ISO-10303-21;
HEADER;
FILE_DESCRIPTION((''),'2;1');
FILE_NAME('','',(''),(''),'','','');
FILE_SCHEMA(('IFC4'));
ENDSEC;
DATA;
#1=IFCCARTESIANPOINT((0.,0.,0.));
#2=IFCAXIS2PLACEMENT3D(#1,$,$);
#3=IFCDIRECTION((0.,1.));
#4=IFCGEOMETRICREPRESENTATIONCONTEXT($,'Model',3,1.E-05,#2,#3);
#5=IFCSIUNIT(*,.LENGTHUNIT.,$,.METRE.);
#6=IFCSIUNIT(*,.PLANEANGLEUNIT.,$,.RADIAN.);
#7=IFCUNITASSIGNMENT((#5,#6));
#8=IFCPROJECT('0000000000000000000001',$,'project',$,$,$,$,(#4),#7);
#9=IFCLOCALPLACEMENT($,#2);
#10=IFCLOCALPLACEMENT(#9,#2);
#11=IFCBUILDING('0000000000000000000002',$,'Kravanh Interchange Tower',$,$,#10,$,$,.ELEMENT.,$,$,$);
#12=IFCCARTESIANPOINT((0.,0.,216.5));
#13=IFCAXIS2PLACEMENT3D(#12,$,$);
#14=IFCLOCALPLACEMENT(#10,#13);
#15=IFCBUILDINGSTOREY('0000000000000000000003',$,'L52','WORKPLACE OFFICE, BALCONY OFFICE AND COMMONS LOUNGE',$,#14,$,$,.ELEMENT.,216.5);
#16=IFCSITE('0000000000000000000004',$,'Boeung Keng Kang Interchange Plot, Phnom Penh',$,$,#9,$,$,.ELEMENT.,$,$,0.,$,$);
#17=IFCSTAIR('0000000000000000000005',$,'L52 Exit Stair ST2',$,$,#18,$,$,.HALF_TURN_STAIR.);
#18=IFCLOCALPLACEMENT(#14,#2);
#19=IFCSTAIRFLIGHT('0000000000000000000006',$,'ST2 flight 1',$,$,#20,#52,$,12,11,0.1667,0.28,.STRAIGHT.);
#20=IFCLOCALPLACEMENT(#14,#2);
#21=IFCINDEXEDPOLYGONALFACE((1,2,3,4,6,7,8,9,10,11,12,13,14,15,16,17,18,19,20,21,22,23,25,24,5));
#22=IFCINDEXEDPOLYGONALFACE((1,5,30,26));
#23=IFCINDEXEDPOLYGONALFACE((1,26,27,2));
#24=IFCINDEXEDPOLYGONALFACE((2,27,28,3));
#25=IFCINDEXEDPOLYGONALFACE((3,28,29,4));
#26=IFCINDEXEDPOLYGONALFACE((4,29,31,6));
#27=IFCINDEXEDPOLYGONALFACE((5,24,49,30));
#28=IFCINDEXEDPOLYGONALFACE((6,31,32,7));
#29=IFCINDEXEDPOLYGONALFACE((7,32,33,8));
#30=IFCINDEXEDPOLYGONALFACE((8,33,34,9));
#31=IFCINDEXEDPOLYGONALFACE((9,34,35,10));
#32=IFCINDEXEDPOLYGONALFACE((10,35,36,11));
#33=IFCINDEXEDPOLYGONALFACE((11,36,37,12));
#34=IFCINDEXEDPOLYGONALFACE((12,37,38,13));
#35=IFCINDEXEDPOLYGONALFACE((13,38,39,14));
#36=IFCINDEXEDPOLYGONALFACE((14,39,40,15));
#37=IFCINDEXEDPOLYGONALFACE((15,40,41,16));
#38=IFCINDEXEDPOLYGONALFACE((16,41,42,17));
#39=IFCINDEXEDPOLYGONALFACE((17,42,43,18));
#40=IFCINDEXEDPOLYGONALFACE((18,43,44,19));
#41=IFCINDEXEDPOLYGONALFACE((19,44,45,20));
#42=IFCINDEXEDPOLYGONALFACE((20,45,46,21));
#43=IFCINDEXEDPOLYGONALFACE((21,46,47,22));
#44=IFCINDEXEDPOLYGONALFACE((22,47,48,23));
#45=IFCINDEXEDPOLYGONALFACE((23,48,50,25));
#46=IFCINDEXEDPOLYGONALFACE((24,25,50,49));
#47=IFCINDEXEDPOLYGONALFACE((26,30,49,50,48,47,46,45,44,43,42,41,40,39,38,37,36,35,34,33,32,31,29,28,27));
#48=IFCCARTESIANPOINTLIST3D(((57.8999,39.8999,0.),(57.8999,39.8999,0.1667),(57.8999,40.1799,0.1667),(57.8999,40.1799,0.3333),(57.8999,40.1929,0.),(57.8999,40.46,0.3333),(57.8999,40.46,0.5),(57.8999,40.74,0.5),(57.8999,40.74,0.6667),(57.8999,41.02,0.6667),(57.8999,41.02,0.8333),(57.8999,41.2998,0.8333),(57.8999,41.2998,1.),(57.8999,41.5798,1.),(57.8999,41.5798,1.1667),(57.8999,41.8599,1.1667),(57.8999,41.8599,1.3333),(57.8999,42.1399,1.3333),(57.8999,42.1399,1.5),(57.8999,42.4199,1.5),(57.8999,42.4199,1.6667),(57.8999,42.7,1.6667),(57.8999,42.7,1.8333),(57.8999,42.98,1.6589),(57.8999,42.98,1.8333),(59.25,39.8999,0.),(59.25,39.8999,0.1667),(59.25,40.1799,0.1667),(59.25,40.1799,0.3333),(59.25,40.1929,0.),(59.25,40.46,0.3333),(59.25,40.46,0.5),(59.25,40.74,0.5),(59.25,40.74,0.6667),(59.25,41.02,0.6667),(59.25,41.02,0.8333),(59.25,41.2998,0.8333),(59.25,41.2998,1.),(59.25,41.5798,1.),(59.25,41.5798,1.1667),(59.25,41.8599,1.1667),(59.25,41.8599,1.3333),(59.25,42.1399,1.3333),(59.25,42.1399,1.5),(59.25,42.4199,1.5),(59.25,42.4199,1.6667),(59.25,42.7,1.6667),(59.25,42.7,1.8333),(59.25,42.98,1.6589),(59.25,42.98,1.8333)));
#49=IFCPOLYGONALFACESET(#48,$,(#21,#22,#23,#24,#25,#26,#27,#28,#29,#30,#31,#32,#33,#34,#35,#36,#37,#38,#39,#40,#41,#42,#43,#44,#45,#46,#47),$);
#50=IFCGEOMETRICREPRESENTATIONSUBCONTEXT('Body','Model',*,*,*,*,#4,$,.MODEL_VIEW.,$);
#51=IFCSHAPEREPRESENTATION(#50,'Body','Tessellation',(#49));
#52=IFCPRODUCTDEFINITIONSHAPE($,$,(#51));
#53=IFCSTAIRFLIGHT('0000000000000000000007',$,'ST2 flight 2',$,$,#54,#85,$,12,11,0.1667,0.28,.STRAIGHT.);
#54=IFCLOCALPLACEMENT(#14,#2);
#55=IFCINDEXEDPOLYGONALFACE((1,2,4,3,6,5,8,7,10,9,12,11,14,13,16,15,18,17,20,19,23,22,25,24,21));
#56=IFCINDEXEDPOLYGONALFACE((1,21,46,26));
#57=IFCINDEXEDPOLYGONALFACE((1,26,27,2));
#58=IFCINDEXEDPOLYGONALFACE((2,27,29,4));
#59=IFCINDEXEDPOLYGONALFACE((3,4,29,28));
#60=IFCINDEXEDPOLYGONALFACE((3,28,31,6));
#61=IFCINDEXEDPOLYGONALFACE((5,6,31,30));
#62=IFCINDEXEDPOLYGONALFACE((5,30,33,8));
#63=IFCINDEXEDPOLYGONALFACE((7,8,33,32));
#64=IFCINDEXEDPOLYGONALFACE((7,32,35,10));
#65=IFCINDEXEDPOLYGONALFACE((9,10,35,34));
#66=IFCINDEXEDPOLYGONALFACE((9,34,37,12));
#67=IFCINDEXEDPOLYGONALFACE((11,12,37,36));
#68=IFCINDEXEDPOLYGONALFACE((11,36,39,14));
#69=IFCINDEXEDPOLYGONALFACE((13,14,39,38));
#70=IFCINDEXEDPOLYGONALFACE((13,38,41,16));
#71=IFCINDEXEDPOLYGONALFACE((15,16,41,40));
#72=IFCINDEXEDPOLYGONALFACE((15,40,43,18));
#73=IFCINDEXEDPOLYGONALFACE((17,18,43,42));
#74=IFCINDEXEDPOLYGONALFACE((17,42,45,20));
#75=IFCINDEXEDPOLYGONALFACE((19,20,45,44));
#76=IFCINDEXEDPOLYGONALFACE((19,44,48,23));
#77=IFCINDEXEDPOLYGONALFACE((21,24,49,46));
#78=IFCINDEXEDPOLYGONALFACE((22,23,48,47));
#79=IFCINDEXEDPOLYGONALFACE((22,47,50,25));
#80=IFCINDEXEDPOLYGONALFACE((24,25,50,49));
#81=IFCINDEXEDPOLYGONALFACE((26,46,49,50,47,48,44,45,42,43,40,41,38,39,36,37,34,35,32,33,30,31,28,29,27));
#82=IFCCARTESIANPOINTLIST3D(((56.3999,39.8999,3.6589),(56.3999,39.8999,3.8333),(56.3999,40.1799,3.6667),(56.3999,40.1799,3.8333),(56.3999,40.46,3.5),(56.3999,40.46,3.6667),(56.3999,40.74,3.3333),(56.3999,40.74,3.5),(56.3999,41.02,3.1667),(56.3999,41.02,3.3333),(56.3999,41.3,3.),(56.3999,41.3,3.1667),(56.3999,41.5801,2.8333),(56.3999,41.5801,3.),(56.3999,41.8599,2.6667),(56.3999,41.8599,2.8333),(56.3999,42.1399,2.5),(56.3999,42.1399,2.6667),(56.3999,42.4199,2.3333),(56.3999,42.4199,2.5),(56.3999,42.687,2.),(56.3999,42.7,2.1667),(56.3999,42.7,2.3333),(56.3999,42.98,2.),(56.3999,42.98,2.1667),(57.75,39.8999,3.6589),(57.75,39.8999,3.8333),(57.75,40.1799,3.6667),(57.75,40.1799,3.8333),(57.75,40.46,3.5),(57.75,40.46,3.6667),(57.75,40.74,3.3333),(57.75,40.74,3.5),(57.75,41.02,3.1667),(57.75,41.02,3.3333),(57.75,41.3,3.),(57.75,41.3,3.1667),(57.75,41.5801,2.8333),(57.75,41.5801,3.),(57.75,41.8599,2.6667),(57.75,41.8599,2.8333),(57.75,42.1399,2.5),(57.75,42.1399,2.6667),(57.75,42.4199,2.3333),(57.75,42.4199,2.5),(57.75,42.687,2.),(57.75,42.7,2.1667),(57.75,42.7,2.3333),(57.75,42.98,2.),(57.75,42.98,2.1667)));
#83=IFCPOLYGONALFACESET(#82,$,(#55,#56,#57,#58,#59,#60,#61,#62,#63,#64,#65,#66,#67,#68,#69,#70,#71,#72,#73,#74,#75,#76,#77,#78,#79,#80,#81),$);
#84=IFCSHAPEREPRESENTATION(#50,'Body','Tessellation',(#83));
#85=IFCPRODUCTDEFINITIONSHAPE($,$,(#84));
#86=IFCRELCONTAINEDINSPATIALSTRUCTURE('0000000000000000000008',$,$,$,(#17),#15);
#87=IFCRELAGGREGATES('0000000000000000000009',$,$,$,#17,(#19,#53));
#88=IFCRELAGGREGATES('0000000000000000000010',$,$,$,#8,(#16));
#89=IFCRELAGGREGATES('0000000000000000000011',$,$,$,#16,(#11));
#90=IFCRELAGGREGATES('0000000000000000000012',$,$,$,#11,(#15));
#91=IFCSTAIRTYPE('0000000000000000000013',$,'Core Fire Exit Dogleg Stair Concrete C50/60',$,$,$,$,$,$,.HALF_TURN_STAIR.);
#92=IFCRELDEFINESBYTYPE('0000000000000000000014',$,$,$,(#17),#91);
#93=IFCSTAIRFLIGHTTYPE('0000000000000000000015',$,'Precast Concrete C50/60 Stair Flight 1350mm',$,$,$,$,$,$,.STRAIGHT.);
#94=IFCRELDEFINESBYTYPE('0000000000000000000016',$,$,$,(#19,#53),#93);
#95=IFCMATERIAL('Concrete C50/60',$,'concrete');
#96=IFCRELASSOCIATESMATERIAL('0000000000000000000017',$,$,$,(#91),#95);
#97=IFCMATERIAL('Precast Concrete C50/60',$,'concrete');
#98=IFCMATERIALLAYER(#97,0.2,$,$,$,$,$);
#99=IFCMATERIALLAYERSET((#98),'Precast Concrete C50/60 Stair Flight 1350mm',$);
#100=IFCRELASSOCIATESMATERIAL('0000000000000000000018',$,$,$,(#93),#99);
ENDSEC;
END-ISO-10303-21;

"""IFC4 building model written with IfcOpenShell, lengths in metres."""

from ifc_helpers import new_model, si_unit, direction, frame, origin, place, context, subcontext, project, spatial, polyline, outline, extrude, material, layer, layer_set, type_object, element, aggregate, save


model = new_model("IFC4")

# Units and contexts
model_context = context("Model", 3, precision=1e-05, world=origin(), true_north=direction((0.0, 1.0)))
body_context = subcontext(model_context, "Body", "Model", "MODEL_VIEW")
ifc_project = project(units=[si_unit("LENGTHUNIT", "METRE"), si_unit("PLANEANGLEUNIT", "RADIAN")], contexts=[model_context])

# Site, building, storey
site_placement = place(None, origin())
site = spatial("IfcSite", under=ifc_project, at=site_placement, Name="Boeung Keng Kang Interchange Plot, Phnom Penh", CompositionType="ELEMENT", RefElevation=0.0)
building_placement = place(site_placement, origin())
building = spatial("IfcBuilding", under=site, at=building_placement, Name="Kravanh Interchange Tower", CompositionType="ELEMENT")
storey_placement = place(building_placement, frame((0.0, 0.0, 216.5)))
storey = spatial("IfcBuildingStorey", under=building, at=storey_placement, Name="L52", Description="WORKPLACE OFFICE, BALCONY OFFICE AND COMMONS LOUNGE", CompositionType="ELEMENT", Elevation=216.5)

# Stair, stair flights
ifc_material_1 = material(Name="Concrete C50/60", Category="concrete")
stair_type = type_object("IfcStairType", Name="Core Fire Exit Dogleg Stair Concrete C50/60", PredefinedType="HALF_TURN_STAIR", material=ifc_material_1)
ifc_material_2 = material(Name="Precast Concrete C50/60", Category="concrete")
ifc_layer_1 = layer(ifc_material_2, 0.2)
ifc_layer_set_1 = layer_set([ifc_layer_1], Name="Precast Concrete C50/60 Stair Flight 1350mm")
stair_flight_type = type_object("IfcStairFlightType", Name="Precast Concrete C50/60 Stair Flight 1350mm", PredefinedType="STRAIGHT", material=ifc_layer_set_1)
stair_1_placement = place(storey_placement, origin())
stair_1 = element("IfcStair", 1, at=stair_1_placement, inside=storey, type_object=stair_type, Name="L52 Exit Stair ST2", PredefinedType="HALF_TURN_STAIR")
stair_flight_1_placement = place(storey_placement, frame((58.575, 39.8999, 0.0), z_axis=(0.0, 0.0, 1.0), x_axis=(0.0, 1.0, 0.0)))
stair_flight_1 = element("IfcStairFlight", 2, at=stair_flight_1_placement, type_object=stair_flight_type, Name="ST2 flight 1", NumberOfRisers=12, NumberOfTreads=11, PredefinedType="STRAIGHT", RiserHeight=0.1667, TreadLength=0.28, context=body_context, shape_type="SweptSolid", body=[
    extrude(outline(polyline([(0.0, 0.0), (0.0, 0.1667), (0.28, 0.1667), (0.28, 0.3333), (0.5601, 0.3333), (0.5601, 0.5), (0.8401, 0.5), (0.8401, 0.6667), (1.1201, 0.6667), (1.1201, 0.8333), (1.3999, 0.8333), (1.3999, 1.0), (1.6799, 1.0), (1.6799, 1.1667), (1.96, 1.1667), (1.96, 1.3333), (2.24, 1.3333), (2.24, 1.5), (2.52, 1.5), (2.52, 1.6667), (2.8, 1.6667), (2.8, 1.8333), (3.0801, 1.8333), (3.0801, 2.0), (3.0801, 1.6589), (0.293, 0.0), (0.0, 0.0)])), frame((0.0, 0.675, 0.0), z_axis=(0.0, -1.0, 0.0), x_axis=(1.0, 0.0, 0.0)), (0.0, 0.0, 1.0), 1.3501),
])
stair_flight_2_placement = place(storey_placement, frame((57.075, 42.98, 2.0), z_axis=(0.0, 0.0, 1.0), x_axis=(0.0, -1.0, 0.0)))
stair_flight_2 = element("IfcStairFlight", 3, at=stair_flight_2_placement, type_object=stair_flight_type, Name="ST2 flight 2", NumberOfRisers=12, NumberOfTreads=11, PredefinedType="STRAIGHT", RiserHeight=0.1667, TreadLength=0.28, context=body_context, shape_type="SweptSolid", body=[
    extrude(outline(polyline([(0.0, 0.0), (0.0, 0.1667), (0.28, 0.1667), (0.28, 0.3333), (0.5601, 0.3333), (0.5601, 0.5), (0.8401, 0.5), (0.8401, 0.6667), (1.1201, 0.6667), (1.1201, 0.8333), (1.3999, 0.8333), (1.3999, 1.0), (1.6799, 1.0), (1.6799, 1.1667), (1.96, 1.1667), (1.96, 1.3333), (2.24, 1.3333), (2.24, 1.5), (2.52, 1.5), (2.52, 1.6667), (2.8, 1.6667), (2.8, 1.8333), (3.0801, 1.8333), (3.0801, 2.0), (3.0801, 1.6589), (0.293, 0.0), (0.0, 0.0)])), frame((0.0, 0.675, 0.0), z_axis=(0.0, -1.0, 0.0), x_axis=(1.0, 0.0, 0.0)), (0.0, 0.0, 1.0), 1.3501),
])
aggregate(stair_1, [stair_flight_1, stair_flight_2])

save(model, "model.ifc")
